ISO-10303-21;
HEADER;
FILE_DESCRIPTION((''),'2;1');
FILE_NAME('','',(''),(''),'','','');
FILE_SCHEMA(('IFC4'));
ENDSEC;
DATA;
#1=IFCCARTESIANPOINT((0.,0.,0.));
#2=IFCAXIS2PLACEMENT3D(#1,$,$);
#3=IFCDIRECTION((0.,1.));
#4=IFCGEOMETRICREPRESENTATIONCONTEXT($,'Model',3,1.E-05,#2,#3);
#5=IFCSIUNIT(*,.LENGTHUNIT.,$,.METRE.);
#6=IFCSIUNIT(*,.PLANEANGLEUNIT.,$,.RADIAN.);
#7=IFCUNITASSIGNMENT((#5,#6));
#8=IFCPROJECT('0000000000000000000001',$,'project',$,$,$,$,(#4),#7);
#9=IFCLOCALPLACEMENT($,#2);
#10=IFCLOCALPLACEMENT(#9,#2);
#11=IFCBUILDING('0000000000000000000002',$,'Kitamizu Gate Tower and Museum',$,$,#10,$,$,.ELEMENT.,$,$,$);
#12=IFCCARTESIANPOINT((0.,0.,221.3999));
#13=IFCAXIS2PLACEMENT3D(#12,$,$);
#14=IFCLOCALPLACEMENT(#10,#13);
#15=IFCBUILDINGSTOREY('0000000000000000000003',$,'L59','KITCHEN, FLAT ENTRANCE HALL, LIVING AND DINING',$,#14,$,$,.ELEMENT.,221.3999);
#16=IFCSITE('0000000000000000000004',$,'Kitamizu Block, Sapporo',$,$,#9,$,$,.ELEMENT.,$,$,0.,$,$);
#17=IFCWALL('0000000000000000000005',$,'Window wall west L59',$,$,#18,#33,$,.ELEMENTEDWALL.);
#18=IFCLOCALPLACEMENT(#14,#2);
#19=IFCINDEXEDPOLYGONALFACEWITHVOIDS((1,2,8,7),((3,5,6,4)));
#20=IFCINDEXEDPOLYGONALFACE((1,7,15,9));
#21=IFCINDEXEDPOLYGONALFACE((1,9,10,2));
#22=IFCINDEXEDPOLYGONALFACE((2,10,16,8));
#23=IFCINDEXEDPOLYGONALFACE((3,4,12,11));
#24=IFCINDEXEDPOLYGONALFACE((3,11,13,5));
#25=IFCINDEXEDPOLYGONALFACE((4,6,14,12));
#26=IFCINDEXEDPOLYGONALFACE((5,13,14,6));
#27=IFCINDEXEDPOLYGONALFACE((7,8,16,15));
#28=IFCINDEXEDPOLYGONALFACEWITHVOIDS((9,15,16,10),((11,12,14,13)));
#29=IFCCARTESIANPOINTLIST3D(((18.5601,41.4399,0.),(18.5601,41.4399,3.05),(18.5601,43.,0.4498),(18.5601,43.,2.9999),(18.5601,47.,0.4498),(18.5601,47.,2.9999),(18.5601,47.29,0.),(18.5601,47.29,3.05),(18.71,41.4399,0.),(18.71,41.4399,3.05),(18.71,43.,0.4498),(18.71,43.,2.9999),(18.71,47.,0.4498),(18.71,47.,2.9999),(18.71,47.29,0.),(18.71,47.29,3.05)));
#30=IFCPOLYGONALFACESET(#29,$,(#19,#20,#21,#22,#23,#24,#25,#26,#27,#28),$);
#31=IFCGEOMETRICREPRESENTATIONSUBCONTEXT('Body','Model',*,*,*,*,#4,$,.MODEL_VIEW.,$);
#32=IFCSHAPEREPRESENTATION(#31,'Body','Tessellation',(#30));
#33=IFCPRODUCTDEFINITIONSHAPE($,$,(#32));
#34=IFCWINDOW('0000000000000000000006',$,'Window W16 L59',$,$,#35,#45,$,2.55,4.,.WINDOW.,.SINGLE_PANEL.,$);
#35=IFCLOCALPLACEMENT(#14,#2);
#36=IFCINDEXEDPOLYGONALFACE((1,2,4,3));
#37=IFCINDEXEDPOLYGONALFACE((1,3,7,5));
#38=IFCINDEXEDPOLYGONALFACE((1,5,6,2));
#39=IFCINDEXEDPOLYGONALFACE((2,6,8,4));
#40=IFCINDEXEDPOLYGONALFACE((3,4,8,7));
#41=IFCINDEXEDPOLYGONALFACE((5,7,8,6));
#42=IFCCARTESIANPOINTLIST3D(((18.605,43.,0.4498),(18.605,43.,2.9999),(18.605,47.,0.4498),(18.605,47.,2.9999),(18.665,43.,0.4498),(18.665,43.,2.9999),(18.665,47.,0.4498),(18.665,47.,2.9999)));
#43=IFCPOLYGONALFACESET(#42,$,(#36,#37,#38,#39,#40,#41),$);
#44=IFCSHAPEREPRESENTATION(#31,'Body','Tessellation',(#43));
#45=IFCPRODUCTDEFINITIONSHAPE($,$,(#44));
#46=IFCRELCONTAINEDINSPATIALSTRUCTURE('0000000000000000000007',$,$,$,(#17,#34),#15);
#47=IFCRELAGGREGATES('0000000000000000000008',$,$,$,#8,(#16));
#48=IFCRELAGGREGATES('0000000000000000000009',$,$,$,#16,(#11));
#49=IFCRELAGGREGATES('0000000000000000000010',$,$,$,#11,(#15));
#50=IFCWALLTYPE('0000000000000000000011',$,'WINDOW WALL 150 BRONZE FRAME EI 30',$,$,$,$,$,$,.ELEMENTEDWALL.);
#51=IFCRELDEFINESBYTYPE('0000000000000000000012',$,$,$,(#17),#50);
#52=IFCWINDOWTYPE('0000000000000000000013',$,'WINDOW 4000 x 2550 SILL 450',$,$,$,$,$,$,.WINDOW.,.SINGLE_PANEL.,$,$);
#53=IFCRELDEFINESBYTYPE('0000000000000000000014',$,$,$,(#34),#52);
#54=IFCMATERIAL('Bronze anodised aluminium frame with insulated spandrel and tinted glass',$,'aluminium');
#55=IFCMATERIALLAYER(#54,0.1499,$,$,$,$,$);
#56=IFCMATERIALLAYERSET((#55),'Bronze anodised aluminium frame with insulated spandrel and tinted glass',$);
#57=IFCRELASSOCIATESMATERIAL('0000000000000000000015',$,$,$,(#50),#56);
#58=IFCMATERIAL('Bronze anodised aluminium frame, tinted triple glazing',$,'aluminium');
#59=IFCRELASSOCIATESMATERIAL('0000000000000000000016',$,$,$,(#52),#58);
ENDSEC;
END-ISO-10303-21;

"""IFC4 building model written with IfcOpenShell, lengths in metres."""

from ifc_helpers import new_model, si_unit, direction, frame, frame_2d, origin, place, context, subcontext, project, spatial, rectangle, extrude, material, layer, layer_set, type_object, element, fill, save


model = new_model("IFC4")

# Units and contexts
model_context = context("Model", 3, precision=1e-05, world=origin(), true_north=direction((0.0, 1.0)))
body_context = subcontext(model_context, "Body", "Model", "MODEL_VIEW")
ifc_project = project(units=[si_unit("LENGTHUNIT", "METRE"), si_unit("PLANEANGLEUNIT", "RADIAN")], contexts=[model_context])

# Site, building, storey
site_placement = place(None, origin())
site = spatial("IfcSite", under=ifc_project, at=site_placement, Name="Kitamizu Block, Sapporo", CompositionType="ELEMENT", RefElevation=0.0)
building_placement = place(site_placement, origin())
building = spatial("IfcBuilding", under=site, at=building_placement, Name="Kitamizu Gate Tower and Museum", CompositionType="ELEMENT")
storey_placement = place(building_placement, frame((0.0, 0.0, 221.3999)))
storey = spatial("IfcBuildingStorey", under=building, at=storey_placement, Name="L59", Description="KITCHEN, FLAT ENTRANCE HALL, LIVING AND DINING", CompositionType="ELEMENT", Elevation=221.3999)

# Wall, opening, window
ifc_material_1 = material(Name="Bronze anodised aluminium frame with insulated spandrel and tinted glass", Category="aluminium")
ifc_layer_1 = layer(ifc_material_1, 0.1499)
ifc_layer_set_1 = layer_set([ifc_layer_1], Name="Bronze anodised aluminium frame with insulated spandrel and tinted glass")
wall_type_1 = type_object("IfcWallType", Name="WINDOW WALL 150 BRONZE FRAME EI 30", PredefinedType="ELEMENTEDWALL", material=ifc_layer_set_1)
wall_1_placement = place(storey_placement, frame((18.635, 41.4399, 0.0), z_axis=(0.0, 0.0, 1.0), x_axis=(0.0, 1.0, 0.0)))
wall_1 = element("IfcWall", 1, at=wall_1_placement, inside=storey, type_object=wall_type_1, Name="Window wall west L59", PredefinedType="ELEMENTEDWALL", context=body_context, shape_type="SweptSolid", body=[
    extrude(rectangle(XDim=5.8501, YDim=0.1499, at=frame_2d((2.925, 0.0))), origin(), (0.0, 0.0, 1.0), 3.05),
])
opening_1_placement = place(wall_1_placement, frame((1.5601, 0.0, 0.45)))
opening_1 = element("IfcOpeningElement", 2, at=opening_1_placement, cuts=wall_1, PredefinedType="OPENING", context=body_context, shape_type="SweptSolid", body=[
    extrude(rectangle(XDim=4.0, YDim=2.55, at=frame_2d((2.0, 1.2749))), frame((0.0, 0.085, 0.0), z_axis=(0.0, -1.0, 0.0), x_axis=(1.0, 0.0, 0.0)), (0.0, 0.0, 1.0), 0.1699),
])
ifc_material_2 = material(Name="Bronze anodised aluminium frame, tinted triple glazing", Category="aluminium")
window_type = type_object("IfcWindowType", Name="WINDOW 4000 x 2550 SILL 450", PartitioningType="SINGLE_PANEL", PredefinedType="WINDOW", material=ifc_material_2)
window_placement = place(opening_1_placement, origin())
window = element("IfcWindow", 3, at=window_placement, inside=storey, type_object=window_type, Name="Window W16 L59", OverallHeight=2.55, OverallWidth=4.0, PartitioningType="SINGLE_PANEL", PredefinedType="WINDOW", context=body_context, shape_type="SweptSolid", body=[
    extrude(rectangle(XDim=4.0, YDim=2.55, at=frame_2d((2.0, 1.2749))), frame((0.0, 0.03, 0.0), z_axis=(0.0, -1.0, 0.0), x_axis=(1.0, 0.0, 0.0)), (0.0, 0.0, 1.0), 0.0601),
])
fill(opening_1, window)

save(model, "model.ifc")
